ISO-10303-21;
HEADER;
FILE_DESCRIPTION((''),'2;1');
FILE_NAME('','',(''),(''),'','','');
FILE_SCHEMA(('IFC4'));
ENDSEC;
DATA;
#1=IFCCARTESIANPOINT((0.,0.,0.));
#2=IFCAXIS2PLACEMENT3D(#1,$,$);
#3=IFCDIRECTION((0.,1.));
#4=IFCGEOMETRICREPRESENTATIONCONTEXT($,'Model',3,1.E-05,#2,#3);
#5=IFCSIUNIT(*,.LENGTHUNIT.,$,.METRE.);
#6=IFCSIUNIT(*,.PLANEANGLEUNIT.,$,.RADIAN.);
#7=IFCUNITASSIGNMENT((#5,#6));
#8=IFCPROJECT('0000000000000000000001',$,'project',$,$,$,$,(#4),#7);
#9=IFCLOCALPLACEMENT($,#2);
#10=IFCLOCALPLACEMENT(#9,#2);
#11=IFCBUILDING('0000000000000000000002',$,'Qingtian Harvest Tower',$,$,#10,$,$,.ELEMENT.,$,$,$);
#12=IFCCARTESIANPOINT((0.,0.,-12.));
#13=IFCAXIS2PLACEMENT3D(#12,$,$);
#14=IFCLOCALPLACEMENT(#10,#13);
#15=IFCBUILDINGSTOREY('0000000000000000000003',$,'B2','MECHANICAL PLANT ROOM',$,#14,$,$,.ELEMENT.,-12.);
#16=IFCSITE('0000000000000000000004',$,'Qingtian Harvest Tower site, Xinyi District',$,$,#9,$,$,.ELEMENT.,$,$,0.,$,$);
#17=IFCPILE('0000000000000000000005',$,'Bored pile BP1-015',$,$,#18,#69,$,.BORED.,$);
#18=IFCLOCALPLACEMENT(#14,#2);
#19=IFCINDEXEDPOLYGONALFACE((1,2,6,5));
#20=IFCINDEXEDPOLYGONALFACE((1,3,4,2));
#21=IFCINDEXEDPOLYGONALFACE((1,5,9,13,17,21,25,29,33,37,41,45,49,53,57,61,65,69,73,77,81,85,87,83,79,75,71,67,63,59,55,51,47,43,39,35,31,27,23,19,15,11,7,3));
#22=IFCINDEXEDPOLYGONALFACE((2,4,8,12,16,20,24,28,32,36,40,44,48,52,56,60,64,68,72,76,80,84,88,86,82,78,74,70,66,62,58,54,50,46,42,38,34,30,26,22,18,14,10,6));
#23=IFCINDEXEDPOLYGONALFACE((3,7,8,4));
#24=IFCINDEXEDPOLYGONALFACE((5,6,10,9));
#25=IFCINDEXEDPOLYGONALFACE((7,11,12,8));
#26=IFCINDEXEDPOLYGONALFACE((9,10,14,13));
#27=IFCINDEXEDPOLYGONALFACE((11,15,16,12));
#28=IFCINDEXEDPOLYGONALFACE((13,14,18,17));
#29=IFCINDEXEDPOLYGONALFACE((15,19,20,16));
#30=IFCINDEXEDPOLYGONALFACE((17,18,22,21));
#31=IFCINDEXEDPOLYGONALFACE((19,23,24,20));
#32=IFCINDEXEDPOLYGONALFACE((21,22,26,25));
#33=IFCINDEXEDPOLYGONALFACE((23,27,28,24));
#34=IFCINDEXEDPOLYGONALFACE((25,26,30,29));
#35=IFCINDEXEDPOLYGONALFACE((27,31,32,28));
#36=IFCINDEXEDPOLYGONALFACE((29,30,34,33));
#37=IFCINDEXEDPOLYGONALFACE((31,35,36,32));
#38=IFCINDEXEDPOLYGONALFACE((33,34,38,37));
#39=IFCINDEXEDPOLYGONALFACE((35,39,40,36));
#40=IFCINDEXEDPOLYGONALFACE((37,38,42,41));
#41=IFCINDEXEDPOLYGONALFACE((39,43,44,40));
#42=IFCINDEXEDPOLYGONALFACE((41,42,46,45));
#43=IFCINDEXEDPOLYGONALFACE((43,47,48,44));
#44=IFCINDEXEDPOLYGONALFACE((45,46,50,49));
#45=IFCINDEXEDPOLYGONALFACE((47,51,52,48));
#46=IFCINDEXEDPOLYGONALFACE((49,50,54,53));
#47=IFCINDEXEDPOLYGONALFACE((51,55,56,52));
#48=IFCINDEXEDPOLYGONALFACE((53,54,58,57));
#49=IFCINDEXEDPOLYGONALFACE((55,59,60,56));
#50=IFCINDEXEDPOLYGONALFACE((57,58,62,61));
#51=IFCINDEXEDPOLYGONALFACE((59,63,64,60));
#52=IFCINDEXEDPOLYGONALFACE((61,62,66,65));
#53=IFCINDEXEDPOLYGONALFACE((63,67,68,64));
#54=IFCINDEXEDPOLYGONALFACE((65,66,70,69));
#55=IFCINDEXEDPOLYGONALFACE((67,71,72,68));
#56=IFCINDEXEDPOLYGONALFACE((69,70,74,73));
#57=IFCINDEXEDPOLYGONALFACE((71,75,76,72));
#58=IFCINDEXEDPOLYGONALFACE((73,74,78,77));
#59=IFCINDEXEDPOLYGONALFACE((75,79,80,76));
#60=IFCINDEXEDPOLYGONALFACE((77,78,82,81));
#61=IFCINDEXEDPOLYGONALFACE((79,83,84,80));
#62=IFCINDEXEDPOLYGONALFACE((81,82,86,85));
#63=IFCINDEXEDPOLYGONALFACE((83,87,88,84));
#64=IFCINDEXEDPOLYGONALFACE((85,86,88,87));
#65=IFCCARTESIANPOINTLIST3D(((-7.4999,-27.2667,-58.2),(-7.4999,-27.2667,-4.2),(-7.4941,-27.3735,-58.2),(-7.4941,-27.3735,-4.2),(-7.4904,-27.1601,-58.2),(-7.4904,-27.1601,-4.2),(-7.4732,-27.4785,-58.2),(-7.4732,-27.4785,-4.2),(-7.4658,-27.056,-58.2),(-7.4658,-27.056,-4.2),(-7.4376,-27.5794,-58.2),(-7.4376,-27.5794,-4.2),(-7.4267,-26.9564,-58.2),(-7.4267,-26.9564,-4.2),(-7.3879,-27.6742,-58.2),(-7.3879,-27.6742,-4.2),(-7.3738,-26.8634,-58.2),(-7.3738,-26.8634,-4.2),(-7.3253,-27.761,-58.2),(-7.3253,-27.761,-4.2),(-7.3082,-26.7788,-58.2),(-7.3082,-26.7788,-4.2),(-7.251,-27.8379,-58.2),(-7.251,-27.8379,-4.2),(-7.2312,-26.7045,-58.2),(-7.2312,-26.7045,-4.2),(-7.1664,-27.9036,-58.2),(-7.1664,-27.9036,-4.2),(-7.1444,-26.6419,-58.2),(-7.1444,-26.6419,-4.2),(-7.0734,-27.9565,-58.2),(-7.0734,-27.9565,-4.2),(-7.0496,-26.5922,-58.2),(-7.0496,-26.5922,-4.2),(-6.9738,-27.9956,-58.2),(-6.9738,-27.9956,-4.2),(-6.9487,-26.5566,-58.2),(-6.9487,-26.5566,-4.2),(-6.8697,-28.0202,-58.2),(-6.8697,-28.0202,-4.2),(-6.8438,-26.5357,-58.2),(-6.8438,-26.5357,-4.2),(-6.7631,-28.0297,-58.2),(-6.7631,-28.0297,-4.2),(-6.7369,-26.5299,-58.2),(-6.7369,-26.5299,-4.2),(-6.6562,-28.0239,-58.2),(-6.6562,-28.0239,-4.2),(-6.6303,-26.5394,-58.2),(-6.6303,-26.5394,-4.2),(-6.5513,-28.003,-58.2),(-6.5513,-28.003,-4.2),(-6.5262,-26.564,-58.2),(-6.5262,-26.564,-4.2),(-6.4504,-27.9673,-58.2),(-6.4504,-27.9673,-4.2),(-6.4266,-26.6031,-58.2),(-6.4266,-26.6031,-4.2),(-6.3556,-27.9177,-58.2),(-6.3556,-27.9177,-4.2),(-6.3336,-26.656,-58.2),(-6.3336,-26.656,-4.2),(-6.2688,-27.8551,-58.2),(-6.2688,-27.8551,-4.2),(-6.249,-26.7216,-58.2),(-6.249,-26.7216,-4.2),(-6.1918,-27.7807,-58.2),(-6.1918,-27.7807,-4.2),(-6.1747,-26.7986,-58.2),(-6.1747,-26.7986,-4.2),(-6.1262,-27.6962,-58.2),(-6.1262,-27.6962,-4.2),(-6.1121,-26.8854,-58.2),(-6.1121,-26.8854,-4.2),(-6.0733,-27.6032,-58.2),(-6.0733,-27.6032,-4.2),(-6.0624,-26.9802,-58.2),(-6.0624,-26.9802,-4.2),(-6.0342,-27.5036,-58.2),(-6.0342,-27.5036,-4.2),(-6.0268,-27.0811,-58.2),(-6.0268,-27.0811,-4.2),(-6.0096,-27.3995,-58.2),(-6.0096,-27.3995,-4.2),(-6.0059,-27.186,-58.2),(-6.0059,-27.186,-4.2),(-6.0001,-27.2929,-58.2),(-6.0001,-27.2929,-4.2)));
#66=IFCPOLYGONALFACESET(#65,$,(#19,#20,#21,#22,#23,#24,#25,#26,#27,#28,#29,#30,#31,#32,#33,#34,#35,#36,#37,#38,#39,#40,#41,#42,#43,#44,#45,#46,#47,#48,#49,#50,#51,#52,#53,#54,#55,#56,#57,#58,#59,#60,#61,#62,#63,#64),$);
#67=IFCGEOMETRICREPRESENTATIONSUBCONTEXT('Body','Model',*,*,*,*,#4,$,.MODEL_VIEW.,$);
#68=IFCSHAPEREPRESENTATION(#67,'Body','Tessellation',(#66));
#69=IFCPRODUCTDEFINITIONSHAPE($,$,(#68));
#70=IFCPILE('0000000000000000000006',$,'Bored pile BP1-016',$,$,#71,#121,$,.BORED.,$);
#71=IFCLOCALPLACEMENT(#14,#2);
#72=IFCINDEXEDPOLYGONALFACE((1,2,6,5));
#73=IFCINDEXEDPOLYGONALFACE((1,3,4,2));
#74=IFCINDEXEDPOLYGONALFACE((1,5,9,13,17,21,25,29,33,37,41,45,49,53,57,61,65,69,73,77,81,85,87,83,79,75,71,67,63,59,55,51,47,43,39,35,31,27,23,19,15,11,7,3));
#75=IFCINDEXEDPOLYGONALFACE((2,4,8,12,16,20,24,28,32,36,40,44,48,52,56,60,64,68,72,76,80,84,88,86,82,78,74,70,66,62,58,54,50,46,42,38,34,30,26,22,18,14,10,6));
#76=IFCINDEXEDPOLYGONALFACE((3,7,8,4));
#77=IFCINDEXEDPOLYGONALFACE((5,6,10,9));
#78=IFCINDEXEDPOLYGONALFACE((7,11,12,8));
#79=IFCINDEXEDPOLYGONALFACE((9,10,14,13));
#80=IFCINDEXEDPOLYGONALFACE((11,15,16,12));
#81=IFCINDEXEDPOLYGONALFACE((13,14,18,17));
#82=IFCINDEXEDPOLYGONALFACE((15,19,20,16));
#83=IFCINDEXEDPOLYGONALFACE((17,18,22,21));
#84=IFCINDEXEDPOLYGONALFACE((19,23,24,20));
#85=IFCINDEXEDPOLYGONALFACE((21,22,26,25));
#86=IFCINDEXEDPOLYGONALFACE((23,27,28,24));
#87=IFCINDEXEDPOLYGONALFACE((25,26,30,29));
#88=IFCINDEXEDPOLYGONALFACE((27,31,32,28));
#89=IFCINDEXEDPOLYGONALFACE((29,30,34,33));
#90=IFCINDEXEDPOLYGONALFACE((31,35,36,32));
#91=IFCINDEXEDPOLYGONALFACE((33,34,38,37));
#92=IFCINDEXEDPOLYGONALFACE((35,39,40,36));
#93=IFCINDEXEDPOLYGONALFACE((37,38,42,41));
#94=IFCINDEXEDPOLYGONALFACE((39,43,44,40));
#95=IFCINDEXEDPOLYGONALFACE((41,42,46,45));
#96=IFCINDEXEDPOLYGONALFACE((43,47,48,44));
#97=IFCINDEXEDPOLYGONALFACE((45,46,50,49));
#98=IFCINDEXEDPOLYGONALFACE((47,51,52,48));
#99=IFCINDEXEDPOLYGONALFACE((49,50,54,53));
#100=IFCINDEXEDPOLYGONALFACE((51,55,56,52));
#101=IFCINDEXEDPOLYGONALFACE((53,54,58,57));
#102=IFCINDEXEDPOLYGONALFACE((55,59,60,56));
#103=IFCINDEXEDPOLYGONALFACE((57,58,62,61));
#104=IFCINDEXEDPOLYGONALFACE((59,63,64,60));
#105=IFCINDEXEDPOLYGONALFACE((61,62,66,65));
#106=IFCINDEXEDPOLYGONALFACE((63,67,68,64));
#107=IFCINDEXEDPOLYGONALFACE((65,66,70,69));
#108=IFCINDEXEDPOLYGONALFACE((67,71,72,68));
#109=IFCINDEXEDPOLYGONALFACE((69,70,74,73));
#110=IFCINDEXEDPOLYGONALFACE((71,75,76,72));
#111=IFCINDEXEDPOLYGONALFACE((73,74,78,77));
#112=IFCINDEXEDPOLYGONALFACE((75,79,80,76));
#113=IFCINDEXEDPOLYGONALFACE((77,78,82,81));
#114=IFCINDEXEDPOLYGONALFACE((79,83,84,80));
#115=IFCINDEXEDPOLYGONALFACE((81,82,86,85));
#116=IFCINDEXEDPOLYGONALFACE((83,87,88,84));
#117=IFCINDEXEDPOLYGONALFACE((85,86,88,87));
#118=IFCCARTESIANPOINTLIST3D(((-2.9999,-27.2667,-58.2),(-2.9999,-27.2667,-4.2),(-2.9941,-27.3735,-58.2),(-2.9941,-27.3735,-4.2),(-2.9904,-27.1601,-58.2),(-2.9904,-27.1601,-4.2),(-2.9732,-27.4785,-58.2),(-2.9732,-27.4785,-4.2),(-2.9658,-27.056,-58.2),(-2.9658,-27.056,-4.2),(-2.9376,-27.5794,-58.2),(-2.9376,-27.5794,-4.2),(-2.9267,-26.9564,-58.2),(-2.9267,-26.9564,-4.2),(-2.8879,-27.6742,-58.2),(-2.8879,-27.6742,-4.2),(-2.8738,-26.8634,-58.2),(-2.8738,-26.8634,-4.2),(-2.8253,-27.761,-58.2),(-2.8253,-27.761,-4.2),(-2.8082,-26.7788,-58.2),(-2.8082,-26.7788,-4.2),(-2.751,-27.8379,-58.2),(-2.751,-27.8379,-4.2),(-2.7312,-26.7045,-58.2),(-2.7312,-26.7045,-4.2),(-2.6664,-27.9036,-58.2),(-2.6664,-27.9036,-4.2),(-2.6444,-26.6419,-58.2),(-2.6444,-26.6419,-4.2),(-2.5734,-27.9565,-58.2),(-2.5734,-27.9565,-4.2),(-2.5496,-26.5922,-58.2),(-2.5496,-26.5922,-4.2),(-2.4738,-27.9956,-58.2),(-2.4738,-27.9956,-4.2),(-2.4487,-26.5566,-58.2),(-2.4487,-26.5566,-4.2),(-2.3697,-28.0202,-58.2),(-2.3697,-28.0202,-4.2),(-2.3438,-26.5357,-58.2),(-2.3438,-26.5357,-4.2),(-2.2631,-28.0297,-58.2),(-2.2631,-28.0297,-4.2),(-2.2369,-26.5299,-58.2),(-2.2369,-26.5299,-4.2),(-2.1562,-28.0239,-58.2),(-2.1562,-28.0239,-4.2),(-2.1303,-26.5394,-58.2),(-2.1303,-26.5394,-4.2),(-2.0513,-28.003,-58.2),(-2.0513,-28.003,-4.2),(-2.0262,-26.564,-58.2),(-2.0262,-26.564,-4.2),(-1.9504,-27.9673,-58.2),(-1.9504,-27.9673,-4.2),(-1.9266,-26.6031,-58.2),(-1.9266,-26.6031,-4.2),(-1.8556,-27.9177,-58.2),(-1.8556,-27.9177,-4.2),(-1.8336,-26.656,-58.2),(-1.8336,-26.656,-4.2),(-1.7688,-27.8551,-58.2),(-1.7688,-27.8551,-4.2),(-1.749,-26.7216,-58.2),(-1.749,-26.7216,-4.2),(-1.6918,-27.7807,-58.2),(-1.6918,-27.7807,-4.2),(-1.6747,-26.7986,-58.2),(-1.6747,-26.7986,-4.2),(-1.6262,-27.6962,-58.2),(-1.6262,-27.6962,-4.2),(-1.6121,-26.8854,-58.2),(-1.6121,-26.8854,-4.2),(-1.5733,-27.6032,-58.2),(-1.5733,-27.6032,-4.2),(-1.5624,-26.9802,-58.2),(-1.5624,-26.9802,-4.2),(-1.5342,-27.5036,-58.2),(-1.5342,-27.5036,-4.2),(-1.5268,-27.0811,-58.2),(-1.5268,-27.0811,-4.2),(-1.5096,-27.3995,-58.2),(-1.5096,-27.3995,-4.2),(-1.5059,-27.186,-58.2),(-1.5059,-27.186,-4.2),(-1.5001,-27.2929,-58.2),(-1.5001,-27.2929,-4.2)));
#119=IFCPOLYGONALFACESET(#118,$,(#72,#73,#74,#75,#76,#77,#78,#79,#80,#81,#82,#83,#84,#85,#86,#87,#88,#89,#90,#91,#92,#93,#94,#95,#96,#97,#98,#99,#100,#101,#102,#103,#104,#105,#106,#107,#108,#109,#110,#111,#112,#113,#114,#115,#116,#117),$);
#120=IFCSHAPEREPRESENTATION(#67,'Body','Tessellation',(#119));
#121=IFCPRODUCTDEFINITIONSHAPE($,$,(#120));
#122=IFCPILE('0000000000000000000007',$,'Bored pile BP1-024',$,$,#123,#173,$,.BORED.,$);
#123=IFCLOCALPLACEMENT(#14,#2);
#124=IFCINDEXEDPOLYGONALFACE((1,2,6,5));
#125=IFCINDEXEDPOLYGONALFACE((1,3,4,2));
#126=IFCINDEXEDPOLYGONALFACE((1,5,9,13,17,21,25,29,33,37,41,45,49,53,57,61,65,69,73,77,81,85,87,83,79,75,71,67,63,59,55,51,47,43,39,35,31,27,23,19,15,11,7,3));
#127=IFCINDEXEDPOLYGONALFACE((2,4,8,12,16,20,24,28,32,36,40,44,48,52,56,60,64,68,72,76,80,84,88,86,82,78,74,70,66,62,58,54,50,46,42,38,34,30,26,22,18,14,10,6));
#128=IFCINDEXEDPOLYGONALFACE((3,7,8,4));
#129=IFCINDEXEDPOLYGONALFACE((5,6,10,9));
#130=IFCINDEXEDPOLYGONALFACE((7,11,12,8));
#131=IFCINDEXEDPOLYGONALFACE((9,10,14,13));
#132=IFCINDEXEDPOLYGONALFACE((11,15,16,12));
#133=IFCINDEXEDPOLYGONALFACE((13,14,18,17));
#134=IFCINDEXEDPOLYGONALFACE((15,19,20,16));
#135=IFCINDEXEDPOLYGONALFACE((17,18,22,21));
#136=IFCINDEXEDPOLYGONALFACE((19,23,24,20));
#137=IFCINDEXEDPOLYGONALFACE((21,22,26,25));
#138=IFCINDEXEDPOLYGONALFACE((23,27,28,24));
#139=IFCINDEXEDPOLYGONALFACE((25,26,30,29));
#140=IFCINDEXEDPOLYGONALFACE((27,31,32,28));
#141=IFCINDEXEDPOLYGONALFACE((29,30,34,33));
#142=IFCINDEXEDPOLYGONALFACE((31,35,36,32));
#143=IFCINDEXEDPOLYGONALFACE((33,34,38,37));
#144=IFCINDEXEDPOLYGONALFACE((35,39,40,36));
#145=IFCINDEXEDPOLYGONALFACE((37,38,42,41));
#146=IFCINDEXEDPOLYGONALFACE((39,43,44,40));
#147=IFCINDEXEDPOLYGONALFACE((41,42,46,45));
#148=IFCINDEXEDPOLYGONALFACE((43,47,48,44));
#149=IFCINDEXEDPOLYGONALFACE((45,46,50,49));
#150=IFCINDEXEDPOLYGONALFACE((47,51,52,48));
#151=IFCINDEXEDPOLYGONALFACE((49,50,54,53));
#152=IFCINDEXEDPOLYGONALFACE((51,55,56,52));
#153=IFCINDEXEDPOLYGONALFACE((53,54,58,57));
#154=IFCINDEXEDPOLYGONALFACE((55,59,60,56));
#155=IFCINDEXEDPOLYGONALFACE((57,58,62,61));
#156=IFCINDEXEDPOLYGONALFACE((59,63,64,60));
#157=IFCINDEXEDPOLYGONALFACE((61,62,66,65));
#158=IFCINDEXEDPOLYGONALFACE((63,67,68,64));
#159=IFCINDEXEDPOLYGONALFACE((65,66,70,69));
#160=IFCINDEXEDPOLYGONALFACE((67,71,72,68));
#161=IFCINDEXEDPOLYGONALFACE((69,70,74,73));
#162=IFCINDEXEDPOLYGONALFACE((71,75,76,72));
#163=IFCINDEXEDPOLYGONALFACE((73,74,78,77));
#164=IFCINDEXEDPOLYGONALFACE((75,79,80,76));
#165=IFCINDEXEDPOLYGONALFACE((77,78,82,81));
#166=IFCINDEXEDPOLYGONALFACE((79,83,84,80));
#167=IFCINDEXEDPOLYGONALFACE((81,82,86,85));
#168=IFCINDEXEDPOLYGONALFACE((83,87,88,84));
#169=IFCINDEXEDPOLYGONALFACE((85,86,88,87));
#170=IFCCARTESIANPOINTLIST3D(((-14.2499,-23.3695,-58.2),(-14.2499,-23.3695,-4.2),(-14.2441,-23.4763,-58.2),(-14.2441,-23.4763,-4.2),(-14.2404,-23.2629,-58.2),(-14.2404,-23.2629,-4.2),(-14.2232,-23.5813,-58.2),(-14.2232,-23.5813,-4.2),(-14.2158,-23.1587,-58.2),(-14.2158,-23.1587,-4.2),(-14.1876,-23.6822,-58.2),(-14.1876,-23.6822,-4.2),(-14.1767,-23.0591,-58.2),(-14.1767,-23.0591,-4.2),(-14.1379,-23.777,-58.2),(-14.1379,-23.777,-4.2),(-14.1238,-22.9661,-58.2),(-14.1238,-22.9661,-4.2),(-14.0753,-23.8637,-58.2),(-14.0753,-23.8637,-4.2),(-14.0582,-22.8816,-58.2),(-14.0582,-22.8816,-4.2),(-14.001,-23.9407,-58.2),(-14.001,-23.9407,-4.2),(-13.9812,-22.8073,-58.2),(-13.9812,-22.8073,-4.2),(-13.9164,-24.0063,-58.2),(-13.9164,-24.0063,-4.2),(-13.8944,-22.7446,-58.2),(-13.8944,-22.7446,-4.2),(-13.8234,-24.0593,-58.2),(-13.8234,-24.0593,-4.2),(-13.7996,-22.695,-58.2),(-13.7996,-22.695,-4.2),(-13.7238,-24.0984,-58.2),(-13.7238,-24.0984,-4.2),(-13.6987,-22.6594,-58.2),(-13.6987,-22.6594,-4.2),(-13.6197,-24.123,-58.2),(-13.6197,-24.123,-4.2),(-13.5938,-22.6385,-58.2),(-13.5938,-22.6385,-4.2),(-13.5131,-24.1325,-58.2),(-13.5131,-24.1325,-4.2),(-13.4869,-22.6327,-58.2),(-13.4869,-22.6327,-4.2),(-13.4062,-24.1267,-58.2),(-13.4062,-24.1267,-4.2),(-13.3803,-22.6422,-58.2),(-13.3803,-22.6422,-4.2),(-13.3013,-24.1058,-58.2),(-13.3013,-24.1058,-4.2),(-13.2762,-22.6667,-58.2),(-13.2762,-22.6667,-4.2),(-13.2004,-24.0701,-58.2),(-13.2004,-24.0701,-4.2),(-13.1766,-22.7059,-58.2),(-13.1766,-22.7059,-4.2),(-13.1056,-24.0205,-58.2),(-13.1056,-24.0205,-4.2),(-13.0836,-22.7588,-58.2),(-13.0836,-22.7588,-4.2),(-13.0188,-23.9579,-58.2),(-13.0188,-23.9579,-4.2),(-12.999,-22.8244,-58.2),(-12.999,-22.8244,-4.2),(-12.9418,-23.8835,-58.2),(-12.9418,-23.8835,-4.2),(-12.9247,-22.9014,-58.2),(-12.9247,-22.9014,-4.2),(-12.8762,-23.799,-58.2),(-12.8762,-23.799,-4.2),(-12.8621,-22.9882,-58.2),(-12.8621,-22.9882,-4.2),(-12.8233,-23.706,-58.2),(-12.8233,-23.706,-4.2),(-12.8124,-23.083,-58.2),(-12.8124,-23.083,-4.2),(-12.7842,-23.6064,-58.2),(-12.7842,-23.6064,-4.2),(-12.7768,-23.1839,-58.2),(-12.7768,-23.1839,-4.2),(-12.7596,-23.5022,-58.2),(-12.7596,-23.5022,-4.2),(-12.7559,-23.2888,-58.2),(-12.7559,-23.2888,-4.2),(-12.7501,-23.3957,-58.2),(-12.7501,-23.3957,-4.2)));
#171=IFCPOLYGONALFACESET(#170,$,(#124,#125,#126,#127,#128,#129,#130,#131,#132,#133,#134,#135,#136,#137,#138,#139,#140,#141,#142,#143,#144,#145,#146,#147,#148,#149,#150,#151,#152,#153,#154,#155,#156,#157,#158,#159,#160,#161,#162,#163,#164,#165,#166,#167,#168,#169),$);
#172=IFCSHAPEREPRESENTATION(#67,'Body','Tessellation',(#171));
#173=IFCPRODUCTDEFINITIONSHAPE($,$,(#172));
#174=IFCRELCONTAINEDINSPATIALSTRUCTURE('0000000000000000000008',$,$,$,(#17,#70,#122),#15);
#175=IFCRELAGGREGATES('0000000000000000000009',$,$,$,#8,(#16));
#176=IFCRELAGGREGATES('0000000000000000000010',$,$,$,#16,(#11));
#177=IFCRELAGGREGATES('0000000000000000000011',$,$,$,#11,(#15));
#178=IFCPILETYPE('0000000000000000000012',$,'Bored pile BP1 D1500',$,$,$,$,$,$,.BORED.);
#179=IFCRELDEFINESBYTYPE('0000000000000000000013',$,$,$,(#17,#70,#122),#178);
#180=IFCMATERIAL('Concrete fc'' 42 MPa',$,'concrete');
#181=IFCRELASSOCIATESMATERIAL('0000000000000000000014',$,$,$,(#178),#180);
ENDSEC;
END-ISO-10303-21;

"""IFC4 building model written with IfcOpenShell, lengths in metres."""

from ifc_helpers import new_model, si_unit, direction, frame, frame_2d, origin, place, context, subcontext, project, spatial, circle, extrude, material, material_profile, profile_set, type_object, element, save


model = new_model("IFC4")

# Units and contexts
model_context = context("Model", 3, precision=1e-05, world=origin(), true_north=direction((0.0, 1.0)))
body_context = subcontext(model_context, "Body", "Model", "MODEL_VIEW")
ifc_project = project(units=[si_unit("LENGTHUNIT", "METRE"), si_unit("PLANEANGLEUNIT", "RADIAN")], contexts=[model_context])

# Site, building, storey
site_placement = place(None, origin())
site = spatial("IfcSite", under=ifc_project, at=site_placement, Name="Qingtian Harvest Tower site, Xinyi District", CompositionType="ELEMENT", RefElevation=0.0)
building_placement = place(site_placement, origin())
building = spatial("IfcBuilding", under=site, at=building_placement, Name="Qingtian Harvest Tower", CompositionType="ELEMENT")
storey_placement = place(building_placement, frame((0.0, 0.0, -12.0)))
storey = spatial("IfcBuildingStorey", under=building, at=storey_placement, Name="B2", Description="MECHANICAL PLANT ROOM", CompositionType="ELEMENT", Elevation=-12.0)

# Piles
ifc_material_1 = material(Name="Concrete fc' 42 MPa", Category="concrete")
ifc_material_profile_1 = material_profile(ifc_material_1, circle(Radius=0.75, at=frame_2d((0.0, 0.0), x_axis=(0.999848, 0.017452))), Name="Bored pile BP1 D1500")
ifc_profile_set_1 = profile_set([ifc_material_profile_1], Name="Concrete fc' 42 MPa")
pile_type = type_object("IfcPileType", Name="Bored pile BP1 D1500", PredefinedType="BORED", material=ifc_profile_set_1)
for number, where, z_axis, x_axis, name in (
    (1, (-6.75, -27.2798, -4.2), (0.0, 0.0, -1.0), (1.0, 0.0, 0.0), "Bored pile BP1-015"),
    (2, (-2.25, -27.2798, -4.2), (0.0, 0.0, -1.0), (1.0, 0.0, 0.0), "Bored pile BP1-016"),
    (3, (-13.5, -23.3826, -4.2), (0.0, 0.0, -1.0), (1.0, 0.0, 0.0), "Bored pile BP1-024"),
):
    element("IfcPile", number, at=place(storey_placement, frame(where, z_axis=z_axis, x_axis=x_axis)), inside=storey, type_object=pile_type, Name=name, PredefinedType="BORED", context=body_context, shape_type="SweptSolid", body=[
        extrude(circle(Radius=0.75, at=frame_2d((0.0, 0.0), x_axis=(0.999848, 0.017452))), origin(), (0.0, 0.0, 1.0), 54.0),
    ])

save(model, "model.ifc")
